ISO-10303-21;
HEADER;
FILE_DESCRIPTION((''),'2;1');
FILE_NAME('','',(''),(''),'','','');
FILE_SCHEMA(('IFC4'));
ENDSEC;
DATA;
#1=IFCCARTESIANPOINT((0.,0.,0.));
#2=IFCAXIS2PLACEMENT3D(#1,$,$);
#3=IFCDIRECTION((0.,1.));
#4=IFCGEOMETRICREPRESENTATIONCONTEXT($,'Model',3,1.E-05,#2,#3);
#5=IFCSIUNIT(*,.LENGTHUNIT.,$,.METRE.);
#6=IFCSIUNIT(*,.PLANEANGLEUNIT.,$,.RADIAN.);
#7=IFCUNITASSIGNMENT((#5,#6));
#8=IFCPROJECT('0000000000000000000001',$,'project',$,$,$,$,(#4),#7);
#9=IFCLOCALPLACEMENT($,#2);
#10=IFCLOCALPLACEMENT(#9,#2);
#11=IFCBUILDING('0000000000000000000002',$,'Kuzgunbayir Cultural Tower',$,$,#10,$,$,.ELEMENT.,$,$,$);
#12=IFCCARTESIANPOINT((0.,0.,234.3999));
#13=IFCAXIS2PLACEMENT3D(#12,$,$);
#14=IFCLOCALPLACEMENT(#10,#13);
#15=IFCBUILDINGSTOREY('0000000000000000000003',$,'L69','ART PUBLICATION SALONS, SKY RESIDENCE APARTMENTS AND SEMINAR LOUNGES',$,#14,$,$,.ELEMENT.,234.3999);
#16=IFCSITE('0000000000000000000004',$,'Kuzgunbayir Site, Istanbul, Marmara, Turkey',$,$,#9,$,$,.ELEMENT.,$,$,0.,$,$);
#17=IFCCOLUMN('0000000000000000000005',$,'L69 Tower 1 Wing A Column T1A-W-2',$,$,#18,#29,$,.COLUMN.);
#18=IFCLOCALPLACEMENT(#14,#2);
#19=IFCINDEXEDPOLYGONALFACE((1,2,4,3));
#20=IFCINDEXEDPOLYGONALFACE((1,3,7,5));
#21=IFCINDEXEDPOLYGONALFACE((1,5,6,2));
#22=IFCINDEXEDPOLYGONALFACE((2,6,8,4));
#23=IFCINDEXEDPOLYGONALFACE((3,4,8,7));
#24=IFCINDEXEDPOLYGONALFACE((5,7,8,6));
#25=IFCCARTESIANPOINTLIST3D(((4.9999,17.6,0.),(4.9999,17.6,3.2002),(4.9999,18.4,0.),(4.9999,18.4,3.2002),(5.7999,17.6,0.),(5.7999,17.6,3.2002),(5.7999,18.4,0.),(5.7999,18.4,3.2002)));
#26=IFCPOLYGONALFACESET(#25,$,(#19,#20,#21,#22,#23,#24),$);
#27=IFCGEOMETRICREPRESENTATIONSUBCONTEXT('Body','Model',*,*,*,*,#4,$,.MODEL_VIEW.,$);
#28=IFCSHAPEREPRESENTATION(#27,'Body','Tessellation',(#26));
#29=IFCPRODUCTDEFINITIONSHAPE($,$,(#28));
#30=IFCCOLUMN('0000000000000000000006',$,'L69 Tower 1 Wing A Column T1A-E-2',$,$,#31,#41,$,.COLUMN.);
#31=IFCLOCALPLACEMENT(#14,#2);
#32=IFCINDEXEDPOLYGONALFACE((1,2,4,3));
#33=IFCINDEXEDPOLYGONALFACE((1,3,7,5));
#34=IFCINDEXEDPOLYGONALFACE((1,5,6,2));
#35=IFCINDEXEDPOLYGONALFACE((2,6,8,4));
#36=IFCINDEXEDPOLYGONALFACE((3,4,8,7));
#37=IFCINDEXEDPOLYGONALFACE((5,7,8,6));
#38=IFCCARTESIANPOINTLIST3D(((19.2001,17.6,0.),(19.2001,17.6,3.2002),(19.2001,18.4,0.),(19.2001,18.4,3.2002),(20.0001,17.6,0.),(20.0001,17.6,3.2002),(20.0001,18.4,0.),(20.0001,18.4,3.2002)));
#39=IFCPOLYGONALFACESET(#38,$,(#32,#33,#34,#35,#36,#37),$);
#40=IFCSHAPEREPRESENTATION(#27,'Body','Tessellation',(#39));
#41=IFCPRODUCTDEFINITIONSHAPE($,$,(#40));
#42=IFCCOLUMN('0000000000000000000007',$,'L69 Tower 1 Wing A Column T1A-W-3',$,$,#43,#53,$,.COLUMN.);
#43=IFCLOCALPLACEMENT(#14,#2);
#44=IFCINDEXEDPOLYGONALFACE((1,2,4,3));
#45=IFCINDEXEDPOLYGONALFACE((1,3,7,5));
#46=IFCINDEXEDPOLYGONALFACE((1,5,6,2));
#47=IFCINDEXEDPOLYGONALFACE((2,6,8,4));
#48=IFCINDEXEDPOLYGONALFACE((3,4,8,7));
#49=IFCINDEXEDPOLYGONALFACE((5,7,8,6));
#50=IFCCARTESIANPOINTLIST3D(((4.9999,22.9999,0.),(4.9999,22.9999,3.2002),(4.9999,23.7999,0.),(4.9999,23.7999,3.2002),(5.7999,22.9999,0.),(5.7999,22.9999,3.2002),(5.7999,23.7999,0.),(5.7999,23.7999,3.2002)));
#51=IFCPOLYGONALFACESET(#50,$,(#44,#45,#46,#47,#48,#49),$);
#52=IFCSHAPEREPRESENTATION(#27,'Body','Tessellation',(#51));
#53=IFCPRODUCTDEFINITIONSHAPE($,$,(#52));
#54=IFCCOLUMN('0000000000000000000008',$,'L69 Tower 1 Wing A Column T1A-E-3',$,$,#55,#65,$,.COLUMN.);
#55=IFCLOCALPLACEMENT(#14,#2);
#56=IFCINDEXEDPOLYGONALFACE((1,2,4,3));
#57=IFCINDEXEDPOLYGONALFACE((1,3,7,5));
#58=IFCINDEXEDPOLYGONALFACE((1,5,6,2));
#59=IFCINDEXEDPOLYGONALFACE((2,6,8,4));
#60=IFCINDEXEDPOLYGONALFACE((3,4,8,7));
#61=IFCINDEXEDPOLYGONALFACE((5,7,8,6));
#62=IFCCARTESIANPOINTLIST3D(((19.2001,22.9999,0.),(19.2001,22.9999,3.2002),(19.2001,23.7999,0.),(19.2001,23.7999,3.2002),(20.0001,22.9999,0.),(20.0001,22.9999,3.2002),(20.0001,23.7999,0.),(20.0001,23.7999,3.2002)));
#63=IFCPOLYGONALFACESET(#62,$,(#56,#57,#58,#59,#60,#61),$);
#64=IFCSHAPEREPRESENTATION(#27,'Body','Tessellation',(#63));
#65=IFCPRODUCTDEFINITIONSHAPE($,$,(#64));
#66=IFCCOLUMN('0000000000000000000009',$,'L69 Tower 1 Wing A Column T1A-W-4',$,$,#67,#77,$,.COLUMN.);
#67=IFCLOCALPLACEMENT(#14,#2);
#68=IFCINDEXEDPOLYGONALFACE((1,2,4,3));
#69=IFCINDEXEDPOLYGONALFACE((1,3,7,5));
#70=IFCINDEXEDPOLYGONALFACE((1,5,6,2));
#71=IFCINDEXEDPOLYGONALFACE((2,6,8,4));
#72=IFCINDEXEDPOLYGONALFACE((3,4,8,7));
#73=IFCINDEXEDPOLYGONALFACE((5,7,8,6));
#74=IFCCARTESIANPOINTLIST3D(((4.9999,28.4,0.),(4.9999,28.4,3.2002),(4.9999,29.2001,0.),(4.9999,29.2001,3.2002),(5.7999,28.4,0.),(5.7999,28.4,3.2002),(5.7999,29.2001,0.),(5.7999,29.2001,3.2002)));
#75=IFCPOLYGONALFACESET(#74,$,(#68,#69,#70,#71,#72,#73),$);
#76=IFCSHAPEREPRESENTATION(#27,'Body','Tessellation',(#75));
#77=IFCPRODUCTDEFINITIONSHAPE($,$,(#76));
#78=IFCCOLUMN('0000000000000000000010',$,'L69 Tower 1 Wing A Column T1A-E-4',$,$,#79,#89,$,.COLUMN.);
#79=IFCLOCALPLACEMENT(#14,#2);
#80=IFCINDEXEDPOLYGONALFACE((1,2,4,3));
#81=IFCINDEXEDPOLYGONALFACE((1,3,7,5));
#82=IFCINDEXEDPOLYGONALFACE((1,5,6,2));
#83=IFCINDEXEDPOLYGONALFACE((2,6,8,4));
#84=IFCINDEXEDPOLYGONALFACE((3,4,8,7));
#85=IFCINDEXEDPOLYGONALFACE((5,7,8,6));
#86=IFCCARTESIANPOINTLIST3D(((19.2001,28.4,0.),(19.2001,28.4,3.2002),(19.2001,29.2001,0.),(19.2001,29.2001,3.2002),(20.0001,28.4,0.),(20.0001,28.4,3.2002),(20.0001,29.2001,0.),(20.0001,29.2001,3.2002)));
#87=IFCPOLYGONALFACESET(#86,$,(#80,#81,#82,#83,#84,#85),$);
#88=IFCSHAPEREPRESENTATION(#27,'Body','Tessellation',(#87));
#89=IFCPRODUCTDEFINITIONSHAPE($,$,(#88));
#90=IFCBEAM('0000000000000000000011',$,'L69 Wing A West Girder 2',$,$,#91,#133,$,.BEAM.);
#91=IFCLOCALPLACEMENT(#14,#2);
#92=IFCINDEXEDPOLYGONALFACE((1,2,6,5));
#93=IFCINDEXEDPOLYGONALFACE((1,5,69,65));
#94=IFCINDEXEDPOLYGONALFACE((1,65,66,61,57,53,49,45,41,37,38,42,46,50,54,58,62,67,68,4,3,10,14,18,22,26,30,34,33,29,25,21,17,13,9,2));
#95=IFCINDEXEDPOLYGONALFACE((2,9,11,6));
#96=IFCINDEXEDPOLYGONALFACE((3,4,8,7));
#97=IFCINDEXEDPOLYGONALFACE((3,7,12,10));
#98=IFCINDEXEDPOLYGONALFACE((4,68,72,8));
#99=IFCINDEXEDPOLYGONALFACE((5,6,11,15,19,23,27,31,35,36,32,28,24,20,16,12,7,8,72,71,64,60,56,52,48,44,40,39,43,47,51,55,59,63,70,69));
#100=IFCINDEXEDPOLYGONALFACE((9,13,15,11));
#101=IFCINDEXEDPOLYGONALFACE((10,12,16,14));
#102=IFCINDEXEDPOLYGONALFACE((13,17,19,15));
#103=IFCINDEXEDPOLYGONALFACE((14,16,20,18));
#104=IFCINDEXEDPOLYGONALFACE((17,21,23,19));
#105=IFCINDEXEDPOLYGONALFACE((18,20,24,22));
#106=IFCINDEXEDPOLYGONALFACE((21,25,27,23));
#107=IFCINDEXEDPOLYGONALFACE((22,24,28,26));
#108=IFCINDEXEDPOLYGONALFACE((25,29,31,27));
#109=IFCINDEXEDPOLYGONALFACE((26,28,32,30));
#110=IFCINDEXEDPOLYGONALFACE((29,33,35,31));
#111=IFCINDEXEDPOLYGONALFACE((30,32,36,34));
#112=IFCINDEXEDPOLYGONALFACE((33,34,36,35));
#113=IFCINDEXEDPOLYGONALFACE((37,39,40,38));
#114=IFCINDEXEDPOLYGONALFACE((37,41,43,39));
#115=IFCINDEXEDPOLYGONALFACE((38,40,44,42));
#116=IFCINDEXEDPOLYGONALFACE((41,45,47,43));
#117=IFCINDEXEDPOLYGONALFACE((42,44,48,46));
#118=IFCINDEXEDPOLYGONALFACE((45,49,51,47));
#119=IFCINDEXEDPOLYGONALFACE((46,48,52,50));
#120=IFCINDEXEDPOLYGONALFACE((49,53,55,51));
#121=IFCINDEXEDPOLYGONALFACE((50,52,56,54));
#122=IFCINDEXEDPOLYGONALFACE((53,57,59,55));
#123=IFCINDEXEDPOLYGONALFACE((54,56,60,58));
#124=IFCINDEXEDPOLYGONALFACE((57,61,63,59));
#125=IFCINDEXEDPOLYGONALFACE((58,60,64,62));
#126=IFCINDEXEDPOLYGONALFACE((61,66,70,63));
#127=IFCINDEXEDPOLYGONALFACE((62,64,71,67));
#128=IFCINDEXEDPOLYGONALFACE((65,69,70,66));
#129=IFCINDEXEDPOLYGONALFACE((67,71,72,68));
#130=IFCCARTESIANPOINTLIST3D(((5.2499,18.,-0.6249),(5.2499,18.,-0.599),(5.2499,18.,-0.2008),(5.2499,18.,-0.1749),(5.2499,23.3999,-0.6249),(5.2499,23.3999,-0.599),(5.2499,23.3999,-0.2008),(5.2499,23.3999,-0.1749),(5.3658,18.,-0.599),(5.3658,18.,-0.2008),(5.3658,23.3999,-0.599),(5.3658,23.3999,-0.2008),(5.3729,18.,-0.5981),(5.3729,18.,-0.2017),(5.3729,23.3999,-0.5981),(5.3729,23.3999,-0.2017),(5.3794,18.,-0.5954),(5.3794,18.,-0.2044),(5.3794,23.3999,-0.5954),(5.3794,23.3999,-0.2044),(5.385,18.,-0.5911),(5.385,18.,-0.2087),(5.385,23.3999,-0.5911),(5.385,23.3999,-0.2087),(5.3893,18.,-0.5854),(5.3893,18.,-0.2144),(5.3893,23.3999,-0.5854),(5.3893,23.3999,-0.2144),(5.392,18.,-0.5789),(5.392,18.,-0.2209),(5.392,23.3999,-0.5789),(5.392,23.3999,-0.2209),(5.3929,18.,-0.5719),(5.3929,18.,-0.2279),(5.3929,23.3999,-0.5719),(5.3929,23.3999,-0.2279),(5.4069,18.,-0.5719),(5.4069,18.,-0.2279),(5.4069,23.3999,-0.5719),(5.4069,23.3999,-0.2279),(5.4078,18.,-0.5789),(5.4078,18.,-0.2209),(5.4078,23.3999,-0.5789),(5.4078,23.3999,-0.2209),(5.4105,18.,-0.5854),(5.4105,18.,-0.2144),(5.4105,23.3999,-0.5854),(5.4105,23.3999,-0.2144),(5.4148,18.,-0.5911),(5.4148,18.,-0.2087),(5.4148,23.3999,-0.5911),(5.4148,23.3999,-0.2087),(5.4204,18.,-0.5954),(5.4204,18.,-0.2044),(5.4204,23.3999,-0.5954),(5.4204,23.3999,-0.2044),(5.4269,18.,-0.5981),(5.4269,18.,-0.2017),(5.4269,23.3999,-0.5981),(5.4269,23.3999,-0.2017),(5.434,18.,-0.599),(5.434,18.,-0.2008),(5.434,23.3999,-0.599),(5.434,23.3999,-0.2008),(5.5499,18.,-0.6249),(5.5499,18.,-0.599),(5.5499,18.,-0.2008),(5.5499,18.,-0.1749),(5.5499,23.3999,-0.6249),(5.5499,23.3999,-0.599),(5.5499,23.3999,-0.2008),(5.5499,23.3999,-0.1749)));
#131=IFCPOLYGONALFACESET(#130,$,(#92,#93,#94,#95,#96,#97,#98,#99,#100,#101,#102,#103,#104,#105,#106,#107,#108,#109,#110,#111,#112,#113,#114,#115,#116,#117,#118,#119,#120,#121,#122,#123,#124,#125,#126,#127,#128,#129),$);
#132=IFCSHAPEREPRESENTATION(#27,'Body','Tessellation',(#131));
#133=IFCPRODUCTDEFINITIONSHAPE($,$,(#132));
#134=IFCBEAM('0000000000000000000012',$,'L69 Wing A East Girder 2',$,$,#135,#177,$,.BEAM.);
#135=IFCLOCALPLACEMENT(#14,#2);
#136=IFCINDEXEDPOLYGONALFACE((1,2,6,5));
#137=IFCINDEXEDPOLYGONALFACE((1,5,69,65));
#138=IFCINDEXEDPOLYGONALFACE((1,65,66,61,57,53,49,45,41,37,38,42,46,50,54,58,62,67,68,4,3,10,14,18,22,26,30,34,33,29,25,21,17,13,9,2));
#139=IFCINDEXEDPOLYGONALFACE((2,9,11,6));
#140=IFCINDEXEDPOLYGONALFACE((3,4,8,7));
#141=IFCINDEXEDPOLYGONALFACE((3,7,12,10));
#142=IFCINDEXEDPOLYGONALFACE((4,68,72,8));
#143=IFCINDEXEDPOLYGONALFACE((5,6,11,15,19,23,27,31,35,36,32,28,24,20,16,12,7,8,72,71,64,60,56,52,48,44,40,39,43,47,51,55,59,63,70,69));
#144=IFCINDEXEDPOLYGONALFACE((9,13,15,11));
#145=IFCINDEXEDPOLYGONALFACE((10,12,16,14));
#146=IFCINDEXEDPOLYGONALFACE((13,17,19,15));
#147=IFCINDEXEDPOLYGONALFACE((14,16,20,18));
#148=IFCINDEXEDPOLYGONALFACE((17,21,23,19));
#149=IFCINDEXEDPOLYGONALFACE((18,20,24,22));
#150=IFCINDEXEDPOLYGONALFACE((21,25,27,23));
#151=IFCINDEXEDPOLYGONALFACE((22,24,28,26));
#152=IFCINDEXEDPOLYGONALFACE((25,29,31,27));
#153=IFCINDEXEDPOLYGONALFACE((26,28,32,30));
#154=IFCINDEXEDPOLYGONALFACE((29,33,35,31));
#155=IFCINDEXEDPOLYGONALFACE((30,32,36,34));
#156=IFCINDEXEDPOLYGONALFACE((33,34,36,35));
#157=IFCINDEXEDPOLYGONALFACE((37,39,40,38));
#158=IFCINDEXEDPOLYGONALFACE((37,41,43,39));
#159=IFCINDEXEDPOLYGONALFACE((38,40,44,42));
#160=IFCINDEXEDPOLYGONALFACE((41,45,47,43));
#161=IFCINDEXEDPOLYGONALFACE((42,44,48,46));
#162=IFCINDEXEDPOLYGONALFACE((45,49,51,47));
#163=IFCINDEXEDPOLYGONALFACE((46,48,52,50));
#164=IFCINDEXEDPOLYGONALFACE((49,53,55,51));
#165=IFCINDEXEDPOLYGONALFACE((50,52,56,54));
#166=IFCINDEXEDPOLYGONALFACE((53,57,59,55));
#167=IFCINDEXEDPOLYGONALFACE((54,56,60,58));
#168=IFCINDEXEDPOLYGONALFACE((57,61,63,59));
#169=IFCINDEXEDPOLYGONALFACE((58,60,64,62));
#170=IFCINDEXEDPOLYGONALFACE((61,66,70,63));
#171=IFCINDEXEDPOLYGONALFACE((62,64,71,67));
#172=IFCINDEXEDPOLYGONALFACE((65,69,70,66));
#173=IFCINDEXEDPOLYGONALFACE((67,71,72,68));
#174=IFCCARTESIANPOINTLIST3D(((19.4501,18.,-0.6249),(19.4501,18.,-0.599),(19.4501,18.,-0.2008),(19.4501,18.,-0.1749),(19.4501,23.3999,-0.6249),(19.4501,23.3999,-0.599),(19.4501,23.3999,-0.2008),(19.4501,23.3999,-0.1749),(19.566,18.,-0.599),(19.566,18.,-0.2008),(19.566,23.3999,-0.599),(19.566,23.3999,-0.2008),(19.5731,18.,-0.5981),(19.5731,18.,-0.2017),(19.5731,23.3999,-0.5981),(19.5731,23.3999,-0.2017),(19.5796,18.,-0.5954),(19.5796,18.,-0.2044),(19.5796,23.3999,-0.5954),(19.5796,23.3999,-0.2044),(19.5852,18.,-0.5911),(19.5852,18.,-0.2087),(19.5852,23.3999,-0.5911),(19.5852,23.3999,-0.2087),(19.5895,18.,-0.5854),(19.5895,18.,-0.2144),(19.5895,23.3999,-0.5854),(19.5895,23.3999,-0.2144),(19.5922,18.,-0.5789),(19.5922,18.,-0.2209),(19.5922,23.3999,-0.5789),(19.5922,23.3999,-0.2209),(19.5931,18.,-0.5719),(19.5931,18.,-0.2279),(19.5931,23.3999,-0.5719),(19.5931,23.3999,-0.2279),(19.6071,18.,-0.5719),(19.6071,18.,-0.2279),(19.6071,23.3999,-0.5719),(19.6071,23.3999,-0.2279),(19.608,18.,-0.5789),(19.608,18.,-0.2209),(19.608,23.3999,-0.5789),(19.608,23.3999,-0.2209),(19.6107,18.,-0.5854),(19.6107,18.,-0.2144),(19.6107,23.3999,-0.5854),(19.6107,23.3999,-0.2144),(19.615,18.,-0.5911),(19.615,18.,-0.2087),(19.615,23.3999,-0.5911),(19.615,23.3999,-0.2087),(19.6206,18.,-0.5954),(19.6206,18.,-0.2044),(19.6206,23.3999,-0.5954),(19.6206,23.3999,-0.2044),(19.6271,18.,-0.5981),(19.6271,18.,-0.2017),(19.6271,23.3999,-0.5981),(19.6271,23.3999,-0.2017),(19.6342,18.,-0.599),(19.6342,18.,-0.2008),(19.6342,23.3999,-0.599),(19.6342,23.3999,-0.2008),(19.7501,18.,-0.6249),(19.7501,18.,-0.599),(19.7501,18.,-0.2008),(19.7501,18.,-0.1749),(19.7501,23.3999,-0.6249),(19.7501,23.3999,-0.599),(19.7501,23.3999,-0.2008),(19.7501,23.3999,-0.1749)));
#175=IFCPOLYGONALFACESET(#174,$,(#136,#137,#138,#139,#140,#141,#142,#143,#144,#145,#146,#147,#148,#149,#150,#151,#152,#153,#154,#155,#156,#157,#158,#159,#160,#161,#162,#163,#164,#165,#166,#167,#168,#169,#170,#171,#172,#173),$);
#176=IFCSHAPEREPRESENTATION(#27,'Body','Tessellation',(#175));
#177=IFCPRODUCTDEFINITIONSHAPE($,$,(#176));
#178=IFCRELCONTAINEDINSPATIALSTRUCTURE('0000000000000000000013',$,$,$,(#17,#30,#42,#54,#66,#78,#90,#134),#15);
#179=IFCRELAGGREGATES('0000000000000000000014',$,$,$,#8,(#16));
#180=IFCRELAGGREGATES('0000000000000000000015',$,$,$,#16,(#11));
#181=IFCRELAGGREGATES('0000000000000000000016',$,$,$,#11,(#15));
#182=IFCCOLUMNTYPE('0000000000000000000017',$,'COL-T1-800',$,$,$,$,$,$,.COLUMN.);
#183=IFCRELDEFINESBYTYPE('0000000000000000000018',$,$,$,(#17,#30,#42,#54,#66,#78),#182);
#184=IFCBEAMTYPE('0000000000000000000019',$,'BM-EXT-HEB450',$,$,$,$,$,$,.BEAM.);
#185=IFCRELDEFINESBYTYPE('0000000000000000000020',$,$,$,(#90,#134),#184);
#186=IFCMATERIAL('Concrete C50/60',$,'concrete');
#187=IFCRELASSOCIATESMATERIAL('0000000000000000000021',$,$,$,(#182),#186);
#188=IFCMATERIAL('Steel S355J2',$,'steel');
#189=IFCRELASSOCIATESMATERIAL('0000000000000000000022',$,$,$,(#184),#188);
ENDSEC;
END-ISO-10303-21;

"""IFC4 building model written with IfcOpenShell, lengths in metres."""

from ifc_helpers import new_model, si_unit, direction, frame, origin, origin_2d, place, context, subcontext, project, spatial, rectangle, i_section, extrude, material, material_profile, profile_set, type_object, element, save


model = new_model("IFC4")

# Units and contexts
model_context = context("Model", 3, precision=1e-05, world=origin(), true_north=direction((0.0, 1.0)))
body_context = subcontext(model_context, "Body", "Model", "MODEL_VIEW")
ifc_project = project(units=[si_unit("LENGTHUNIT", "METRE"), si_unit("PLANEANGLEUNIT", "RADIAN")], contexts=[model_context])

# Site, building, storey
site_placement = place(None, origin())
site = spatial("IfcSite", under=ifc_project, at=site_placement, Name="Kuzgunbayir Site, Istanbul, Marmara, Turkey", CompositionType="ELEMENT", RefElevation=0.0)
building_placement = place(site_placement, origin())
building = spatial("IfcBuilding", under=site, at=building_placement, Name="Kuzgunbayir Cultural Tower", CompositionType="ELEMENT")
storey_placement = place(building_placement, frame((0.0, 0.0, 234.3999)))
storey = spatial("IfcBuildingStorey", under=building, at=storey_placement, Name="L69", Description="ART PUBLICATION SALONS, SKY RESIDENCE APARTMENTS AND SEMINAR LOUNGES", CompositionType="ELEMENT", Elevation=234.3999)

# Columns
ifc_material_1 = material(Name="Concrete C50/60", Category="concrete")
ifc_material_profile_1 = material_profile(ifc_material_1, rectangle(XDim=0.8, YDim=0.8, at=origin_2d()), Name="RC 800x800")
ifc_profile_set_1 = profile_set([ifc_material_profile_1], Name="Concrete C50/60")
column_type = type_object("IfcColumnType", Name="COL-T1-800", PredefinedType="COLUMN", material=ifc_profile_set_1)
for number, where, z_axis, x_axis, name in (
    (1, (5.3999, 18.0, 0.0), (0.0, 0.0, 1.0), (1.0, 0.0, 0.0), "L69 Tower 1 Wing A Column T1A-W-2"),
    (2, (19.6001, 18.0, 0.0), (0.0, 0.0, 1.0), (1.0, 0.0, 0.0), "L69 Tower 1 Wing A Column T1A-E-2"),
    (3, (5.3999, 23.3999, 0.0), (0.0, 0.0, 1.0), (1.0, 0.0, 0.0), "L69 Tower 1 Wing A Column T1A-W-3"),
    (4, (19.6001, 23.3999, 0.0), (0.0, 0.0, 1.0), (1.0, 0.0, 0.0), "L69 Tower 1 Wing A Column T1A-E-3"),
    (5, (5.3999, 28.8, 0.0), (0.0, 0.0, 1.0), (1.0, 0.0, 0.0), "L69 Tower 1 Wing A Column T1A-W-4"),
    (6, (19.6001, 28.8, 0.0), (0.0, 0.0, 1.0), (1.0, 0.0, 0.0), "L69 Tower 1 Wing A Column T1A-E-4"),
):
    element("IfcColumn", number, at=place(storey_placement, frame(where, z_axis=z_axis, x_axis=x_axis)), inside=storey, type_object=column_type, Name=name, PredefinedType="COLUMN", context=body_context, shape_type="SweptSolid", body=[
        extrude(rectangle(XDim=0.8, YDim=0.8, at=origin_2d()), origin(), (0.0, 0.0, 1.0), 3.2002),
    ])

# Beams
ifc_material_2 = material(Name="Steel S355J2", Category="steel")
ifc_material_profile_2 = material_profile(ifc_material_2, i_section(OverallWidth=0.3, OverallDepth=0.45, WebThickness=0.0139, FlangeThickness=0.0259, FilletRadius=0.0271, at=origin_2d()), Name="HEB 450")
ifc_profile_set_2 = profile_set([ifc_material_profile_2], Name="Steel S355J2")
beam_type_1 = type_object("IfcBeamType", Name="BM-EXT-HEB450", PredefinedType="BEAM", material=ifc_profile_set_2)
for number, where, z_axis, x_axis, name in (
    (7, (5.3999, 18.0, -0.3999), (0.0, 1.0, 0.0), (-1.0, 0.0, 0.0), "L69 Wing A West Girder 2"),
    (8, (19.6001, 18.0, -0.3999), (0.0, 1.0, 0.0), (-1.0, 0.0, 0.0), "L69 Wing A East Girder 2"),
):
    element("IfcBeam", number, at=place(storey_placement, frame(where, z_axis=z_axis, x_axis=x_axis)), inside=storey, type_object=beam_type_1, Name=name, PredefinedType="BEAM", context=body_context, shape_type="SweptSolid", body=[
        extrude(i_section(OverallWidth=0.3, OverallDepth=0.45, WebThickness=0.0139, FlangeThickness=0.0259, FilletRadius=0.0271, at=origin_2d()), origin(), (0.0, 0.0, 1.0), 5.3999),
    ])

save(model, "model.ifc")
